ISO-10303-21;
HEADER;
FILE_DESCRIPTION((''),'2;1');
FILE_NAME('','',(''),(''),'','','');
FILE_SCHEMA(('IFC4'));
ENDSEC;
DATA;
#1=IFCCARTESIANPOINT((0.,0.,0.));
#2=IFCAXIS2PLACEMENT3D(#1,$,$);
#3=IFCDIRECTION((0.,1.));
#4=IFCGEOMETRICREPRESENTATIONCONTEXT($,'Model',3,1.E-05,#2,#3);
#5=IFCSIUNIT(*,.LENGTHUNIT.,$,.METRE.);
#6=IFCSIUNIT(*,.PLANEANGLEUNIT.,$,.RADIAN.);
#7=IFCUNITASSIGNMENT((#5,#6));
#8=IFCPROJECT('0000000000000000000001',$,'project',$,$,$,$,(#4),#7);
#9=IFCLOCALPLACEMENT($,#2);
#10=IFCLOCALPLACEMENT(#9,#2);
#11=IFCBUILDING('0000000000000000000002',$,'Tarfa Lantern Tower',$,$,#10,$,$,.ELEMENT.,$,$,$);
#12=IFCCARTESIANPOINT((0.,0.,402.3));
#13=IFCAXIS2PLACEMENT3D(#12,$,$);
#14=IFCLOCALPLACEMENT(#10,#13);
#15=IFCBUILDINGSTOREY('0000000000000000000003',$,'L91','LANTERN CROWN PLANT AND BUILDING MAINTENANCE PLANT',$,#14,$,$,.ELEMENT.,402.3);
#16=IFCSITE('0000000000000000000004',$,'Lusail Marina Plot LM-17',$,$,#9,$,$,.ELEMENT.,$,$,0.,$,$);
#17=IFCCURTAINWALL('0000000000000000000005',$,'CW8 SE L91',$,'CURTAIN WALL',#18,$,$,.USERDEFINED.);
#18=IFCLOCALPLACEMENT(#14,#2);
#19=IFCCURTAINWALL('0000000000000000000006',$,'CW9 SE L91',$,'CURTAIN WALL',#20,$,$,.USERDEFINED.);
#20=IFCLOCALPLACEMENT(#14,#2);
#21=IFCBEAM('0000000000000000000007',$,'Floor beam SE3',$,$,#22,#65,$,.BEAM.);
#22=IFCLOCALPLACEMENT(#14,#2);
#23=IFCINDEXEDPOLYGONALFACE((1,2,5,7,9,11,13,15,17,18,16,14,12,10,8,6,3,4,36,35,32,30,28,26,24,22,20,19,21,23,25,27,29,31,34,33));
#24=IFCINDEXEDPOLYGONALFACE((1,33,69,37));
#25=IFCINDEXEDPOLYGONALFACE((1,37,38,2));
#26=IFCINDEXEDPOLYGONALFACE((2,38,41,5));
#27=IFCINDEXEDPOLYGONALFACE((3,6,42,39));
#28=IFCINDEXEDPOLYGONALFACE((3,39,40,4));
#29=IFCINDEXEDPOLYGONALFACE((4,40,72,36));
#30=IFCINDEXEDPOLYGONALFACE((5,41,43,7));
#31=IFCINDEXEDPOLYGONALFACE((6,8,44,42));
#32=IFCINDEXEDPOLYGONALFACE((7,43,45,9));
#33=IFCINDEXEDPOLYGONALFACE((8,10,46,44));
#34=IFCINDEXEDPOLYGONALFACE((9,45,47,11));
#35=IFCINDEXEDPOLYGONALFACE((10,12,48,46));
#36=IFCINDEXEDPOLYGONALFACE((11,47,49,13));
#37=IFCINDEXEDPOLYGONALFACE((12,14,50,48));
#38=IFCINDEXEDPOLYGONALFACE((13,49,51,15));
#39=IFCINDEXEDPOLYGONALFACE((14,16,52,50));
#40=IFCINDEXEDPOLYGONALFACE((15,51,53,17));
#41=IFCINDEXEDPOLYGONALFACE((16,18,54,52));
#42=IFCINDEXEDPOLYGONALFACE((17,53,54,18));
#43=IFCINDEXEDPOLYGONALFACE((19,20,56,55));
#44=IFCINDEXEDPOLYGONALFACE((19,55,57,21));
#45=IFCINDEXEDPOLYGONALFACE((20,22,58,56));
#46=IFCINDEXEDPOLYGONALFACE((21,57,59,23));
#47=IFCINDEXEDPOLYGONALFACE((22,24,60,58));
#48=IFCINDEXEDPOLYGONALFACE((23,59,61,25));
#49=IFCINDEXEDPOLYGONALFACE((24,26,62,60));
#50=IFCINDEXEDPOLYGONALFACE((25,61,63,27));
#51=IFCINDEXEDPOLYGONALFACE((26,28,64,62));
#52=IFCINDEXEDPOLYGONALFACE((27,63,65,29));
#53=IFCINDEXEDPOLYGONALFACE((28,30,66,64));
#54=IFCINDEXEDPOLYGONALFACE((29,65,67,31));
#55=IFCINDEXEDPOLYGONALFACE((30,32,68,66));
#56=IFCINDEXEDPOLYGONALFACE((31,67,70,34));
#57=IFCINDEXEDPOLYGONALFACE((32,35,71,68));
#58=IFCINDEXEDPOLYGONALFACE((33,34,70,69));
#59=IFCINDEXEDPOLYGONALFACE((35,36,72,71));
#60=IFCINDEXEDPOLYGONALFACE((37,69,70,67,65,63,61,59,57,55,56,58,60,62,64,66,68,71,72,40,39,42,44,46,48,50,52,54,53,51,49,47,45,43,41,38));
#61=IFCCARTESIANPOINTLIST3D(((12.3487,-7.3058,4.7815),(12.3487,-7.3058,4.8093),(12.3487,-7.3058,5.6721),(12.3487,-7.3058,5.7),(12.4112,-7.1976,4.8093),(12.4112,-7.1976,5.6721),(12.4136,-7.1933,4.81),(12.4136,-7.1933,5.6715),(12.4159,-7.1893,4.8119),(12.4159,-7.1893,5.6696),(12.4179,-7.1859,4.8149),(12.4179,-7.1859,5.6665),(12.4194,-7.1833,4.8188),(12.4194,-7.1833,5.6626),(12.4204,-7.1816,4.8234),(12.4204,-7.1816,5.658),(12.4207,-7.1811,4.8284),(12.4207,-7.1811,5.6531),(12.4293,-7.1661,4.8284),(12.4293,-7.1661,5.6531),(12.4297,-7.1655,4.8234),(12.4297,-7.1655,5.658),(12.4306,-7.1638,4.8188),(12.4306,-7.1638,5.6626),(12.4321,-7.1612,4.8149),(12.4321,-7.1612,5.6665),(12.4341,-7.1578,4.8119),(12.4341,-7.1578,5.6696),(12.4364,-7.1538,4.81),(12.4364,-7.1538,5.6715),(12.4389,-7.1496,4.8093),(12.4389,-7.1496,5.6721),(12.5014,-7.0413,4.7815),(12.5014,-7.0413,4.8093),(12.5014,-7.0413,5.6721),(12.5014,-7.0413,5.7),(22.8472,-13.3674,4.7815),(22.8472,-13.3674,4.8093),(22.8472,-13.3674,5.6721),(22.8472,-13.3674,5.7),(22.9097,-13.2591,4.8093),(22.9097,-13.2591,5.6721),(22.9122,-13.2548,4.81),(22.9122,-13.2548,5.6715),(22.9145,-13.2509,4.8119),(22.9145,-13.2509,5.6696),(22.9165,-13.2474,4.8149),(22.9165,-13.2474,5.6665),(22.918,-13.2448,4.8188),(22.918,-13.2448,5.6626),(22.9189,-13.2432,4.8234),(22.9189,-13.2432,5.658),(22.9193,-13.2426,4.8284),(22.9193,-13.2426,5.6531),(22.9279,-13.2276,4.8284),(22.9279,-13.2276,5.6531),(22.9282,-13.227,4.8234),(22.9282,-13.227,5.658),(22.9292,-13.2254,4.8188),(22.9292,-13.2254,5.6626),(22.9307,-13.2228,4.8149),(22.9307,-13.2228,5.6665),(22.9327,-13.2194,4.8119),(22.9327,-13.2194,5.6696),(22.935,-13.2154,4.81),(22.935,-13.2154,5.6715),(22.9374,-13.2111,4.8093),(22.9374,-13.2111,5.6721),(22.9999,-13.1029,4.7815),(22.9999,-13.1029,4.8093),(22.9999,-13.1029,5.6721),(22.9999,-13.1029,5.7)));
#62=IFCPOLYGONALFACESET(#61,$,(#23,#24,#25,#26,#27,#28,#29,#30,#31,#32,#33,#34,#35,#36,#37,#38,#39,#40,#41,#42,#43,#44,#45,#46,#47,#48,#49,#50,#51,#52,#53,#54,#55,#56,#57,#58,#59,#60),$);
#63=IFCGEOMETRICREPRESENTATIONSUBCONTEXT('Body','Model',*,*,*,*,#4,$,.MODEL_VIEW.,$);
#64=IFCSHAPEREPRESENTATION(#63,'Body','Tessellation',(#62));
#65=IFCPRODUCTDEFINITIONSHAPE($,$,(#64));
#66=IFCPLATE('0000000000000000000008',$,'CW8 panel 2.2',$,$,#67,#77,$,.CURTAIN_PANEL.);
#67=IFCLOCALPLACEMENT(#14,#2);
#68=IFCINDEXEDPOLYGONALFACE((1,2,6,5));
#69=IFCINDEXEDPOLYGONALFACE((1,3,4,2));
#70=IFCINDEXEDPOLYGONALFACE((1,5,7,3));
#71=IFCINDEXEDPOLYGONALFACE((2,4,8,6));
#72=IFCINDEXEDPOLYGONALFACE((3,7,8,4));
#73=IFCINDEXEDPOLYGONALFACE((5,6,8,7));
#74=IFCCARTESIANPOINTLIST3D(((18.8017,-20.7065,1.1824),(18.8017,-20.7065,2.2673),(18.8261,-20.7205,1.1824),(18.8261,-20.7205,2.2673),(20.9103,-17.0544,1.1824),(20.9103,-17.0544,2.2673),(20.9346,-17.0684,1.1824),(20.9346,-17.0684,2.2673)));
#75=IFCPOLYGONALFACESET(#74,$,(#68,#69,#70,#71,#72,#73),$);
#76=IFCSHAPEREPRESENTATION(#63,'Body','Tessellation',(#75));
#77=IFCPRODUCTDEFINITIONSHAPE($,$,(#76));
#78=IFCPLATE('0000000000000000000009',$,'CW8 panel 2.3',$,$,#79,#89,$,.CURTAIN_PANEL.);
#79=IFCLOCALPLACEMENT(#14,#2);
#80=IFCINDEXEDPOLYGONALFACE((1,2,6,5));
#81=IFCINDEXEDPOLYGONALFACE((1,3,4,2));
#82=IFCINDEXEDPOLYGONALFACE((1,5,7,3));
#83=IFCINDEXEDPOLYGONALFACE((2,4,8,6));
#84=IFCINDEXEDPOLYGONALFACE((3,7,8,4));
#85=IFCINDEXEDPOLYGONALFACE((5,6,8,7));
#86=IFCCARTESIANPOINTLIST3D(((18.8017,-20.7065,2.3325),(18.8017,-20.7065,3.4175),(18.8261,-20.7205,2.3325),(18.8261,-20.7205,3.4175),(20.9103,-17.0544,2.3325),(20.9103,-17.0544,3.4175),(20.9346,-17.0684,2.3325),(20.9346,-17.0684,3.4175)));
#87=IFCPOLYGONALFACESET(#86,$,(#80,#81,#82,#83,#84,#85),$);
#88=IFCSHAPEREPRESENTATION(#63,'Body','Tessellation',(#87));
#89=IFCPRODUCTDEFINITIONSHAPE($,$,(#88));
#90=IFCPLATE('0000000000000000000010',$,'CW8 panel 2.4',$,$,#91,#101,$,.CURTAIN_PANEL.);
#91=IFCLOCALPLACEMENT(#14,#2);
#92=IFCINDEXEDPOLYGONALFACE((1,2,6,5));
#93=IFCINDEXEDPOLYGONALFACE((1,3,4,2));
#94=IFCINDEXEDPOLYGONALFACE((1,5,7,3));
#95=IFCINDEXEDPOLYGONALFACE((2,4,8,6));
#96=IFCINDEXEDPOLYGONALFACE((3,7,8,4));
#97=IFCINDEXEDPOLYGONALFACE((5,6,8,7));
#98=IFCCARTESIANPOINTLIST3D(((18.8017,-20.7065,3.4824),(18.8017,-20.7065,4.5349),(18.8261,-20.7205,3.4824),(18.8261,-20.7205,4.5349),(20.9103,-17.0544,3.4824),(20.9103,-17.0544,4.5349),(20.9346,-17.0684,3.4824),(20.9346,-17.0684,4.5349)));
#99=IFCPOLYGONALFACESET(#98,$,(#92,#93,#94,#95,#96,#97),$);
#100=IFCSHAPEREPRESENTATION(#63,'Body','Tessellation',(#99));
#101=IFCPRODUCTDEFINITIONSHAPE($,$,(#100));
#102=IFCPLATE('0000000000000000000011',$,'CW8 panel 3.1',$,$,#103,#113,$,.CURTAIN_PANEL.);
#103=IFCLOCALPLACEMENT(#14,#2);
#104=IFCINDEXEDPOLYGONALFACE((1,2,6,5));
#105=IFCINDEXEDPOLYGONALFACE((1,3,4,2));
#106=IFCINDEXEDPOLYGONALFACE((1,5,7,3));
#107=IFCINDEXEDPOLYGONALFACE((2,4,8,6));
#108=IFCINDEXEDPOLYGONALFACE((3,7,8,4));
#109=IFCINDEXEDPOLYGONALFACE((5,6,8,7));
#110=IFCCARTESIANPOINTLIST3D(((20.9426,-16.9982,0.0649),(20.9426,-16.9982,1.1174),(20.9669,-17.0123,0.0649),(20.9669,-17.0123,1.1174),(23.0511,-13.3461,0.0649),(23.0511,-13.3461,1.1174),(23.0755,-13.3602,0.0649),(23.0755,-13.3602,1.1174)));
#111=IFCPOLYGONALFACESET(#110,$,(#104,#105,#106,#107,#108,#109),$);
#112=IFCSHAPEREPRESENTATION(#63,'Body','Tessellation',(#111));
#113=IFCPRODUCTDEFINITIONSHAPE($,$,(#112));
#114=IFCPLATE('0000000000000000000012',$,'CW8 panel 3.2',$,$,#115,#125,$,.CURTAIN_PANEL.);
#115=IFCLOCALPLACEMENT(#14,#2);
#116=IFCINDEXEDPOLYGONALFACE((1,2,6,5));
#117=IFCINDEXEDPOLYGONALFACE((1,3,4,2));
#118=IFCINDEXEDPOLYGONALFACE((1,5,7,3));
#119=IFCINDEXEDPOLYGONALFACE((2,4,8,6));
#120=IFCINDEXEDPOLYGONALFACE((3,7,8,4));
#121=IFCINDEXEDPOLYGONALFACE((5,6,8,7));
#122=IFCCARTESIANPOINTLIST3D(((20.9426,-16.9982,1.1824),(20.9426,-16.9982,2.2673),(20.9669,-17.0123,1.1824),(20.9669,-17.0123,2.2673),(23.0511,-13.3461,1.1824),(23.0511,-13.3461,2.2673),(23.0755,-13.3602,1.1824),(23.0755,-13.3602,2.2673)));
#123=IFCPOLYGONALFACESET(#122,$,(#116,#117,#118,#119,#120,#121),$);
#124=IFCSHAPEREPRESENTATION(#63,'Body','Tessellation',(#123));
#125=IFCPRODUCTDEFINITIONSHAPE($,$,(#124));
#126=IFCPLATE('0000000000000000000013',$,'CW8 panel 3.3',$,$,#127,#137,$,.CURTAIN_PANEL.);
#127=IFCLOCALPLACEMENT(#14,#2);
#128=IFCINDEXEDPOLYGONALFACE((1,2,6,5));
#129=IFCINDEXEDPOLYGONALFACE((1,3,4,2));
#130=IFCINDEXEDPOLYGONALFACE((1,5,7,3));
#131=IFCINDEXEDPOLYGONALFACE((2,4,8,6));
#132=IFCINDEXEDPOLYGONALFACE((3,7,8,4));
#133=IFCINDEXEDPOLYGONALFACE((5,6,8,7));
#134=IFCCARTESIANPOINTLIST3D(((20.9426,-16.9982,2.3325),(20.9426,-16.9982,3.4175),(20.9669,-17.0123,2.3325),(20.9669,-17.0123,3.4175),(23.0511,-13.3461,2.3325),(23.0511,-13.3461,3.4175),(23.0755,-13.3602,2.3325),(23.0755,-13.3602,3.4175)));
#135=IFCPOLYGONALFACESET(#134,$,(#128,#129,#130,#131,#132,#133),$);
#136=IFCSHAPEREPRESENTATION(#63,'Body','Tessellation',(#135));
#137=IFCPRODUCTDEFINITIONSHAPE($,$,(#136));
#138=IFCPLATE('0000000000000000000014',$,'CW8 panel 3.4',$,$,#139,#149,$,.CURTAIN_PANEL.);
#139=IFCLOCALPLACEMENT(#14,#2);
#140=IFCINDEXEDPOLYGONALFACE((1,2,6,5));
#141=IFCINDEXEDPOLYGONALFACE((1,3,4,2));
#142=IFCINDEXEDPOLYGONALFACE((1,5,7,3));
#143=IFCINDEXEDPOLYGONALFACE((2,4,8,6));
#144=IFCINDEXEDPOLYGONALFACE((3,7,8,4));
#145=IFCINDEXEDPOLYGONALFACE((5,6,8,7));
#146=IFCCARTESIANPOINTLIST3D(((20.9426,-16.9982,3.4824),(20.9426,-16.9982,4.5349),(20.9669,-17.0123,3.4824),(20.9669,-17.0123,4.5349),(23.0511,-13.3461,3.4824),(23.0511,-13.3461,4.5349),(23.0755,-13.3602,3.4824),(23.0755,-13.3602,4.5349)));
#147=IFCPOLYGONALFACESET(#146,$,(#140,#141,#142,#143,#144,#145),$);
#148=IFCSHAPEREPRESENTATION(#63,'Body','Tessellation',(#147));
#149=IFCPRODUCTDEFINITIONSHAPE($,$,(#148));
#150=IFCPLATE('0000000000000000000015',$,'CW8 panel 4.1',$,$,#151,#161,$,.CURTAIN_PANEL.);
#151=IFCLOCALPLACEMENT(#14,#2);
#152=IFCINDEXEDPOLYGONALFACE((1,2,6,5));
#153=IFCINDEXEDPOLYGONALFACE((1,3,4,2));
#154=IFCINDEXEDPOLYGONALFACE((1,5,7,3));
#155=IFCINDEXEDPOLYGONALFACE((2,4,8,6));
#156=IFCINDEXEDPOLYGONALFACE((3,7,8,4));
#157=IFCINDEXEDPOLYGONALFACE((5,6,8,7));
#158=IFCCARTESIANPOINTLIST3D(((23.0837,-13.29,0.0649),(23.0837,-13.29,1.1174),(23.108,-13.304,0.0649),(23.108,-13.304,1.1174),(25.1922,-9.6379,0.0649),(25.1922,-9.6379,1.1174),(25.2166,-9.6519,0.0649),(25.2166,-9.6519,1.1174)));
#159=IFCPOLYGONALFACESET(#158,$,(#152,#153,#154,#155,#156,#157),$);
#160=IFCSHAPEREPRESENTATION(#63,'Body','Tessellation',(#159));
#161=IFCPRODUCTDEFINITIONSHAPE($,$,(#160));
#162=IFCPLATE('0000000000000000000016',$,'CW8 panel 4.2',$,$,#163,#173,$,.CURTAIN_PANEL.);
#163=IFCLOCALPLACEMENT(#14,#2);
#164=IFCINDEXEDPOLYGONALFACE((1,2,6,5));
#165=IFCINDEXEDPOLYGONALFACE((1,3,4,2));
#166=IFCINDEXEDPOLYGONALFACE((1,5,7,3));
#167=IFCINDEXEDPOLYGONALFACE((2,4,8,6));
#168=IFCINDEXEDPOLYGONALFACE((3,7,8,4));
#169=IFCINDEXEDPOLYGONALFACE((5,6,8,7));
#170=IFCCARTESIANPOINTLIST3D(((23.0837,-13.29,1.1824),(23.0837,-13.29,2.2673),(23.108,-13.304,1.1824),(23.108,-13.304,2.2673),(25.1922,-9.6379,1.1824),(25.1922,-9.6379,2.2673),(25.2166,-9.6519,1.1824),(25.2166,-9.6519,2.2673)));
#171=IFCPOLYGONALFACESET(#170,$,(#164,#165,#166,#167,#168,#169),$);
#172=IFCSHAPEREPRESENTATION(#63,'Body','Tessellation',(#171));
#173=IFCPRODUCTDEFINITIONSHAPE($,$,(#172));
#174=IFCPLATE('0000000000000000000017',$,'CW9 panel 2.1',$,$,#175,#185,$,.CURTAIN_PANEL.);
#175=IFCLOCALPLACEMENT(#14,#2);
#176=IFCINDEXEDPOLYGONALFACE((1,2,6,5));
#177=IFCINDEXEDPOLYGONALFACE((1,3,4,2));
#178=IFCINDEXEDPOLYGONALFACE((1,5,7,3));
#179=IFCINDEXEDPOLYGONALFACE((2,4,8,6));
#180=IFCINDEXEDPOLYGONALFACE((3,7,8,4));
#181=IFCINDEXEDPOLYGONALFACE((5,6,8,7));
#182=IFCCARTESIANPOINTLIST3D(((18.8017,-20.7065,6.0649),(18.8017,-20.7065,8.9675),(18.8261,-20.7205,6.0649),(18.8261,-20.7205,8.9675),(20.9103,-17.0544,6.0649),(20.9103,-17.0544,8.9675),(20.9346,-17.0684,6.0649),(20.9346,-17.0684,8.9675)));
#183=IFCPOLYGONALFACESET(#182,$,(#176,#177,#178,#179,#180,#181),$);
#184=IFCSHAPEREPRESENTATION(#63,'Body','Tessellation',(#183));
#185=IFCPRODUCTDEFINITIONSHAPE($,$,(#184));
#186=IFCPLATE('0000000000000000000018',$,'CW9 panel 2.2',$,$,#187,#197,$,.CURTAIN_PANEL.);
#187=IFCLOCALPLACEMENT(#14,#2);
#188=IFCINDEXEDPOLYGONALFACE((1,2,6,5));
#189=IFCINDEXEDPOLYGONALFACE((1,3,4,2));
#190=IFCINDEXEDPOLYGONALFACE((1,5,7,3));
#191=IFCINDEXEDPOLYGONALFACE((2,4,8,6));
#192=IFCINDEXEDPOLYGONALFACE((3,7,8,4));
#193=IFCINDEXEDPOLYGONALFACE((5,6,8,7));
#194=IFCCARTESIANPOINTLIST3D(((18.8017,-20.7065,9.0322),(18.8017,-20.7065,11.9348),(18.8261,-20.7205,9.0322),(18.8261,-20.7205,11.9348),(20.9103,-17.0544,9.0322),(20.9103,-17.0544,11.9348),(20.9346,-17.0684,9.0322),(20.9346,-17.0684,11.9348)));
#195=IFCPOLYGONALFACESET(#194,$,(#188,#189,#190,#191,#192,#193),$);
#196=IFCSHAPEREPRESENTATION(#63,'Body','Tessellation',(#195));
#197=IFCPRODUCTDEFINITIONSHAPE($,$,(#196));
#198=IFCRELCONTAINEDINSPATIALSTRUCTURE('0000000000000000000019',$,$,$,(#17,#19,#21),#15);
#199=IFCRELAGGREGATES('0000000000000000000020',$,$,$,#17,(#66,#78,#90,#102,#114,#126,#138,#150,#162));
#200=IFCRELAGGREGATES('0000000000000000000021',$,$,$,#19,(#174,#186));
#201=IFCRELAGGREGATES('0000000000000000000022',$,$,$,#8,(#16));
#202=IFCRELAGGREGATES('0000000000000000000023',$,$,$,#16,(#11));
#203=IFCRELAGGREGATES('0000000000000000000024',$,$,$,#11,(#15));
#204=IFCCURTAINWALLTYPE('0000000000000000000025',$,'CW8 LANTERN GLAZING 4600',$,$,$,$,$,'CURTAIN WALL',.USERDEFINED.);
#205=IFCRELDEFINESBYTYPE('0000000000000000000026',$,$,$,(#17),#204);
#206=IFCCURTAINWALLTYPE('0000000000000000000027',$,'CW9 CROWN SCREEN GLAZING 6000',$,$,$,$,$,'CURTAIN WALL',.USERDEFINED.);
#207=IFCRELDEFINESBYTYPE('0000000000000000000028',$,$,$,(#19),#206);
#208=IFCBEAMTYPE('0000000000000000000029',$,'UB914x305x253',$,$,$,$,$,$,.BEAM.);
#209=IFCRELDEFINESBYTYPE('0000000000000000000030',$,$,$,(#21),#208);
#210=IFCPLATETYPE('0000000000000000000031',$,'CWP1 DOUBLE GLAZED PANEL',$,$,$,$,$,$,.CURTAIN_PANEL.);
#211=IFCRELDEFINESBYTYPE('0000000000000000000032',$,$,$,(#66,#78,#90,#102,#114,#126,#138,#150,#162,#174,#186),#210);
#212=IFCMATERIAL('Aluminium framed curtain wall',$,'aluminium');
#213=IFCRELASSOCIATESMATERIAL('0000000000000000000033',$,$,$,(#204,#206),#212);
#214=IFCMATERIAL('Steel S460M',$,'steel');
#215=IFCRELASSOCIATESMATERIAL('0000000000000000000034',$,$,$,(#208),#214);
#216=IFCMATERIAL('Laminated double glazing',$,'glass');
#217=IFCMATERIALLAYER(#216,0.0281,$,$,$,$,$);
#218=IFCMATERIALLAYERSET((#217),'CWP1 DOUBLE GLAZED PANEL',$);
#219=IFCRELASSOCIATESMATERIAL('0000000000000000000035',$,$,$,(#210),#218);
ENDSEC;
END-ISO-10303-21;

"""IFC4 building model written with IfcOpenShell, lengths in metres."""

from ifc_helpers import new_model, si_unit, direction, frame, origin, origin_2d, place, context, subcontext, project, spatial, rectangle, i_section, extrude, material, layer, layer_set, material_profile, profile_set, type_object, element, aggregate, save


model = new_model("IFC4")

# Units and contexts
model_context = context("Model", 3, precision=1e-05, world=origin(), true_north=direction((0.0, 1.0)))
body_context = subcontext(model_context, "Body", "Model", "MODEL_VIEW")
ifc_project = project(units=[si_unit("LENGTHUNIT", "METRE"), si_unit("PLANEANGLEUNIT", "RADIAN")], contexts=[model_context])

# Site, building, storey
site_placement = place(None, origin())
site = spatial("IfcSite", under=ifc_project, at=site_placement, Name="Lusail Marina Plot LM-17", CompositionType="ELEMENT", RefElevation=0.0)
building_placement = place(site_placement, origin())
building = spatial("IfcBuilding", under=site, at=building_placement, Name="Tarfa Lantern Tower", CompositionType="ELEMENT")
storey_placement = place(building_placement, frame((0.0, 0.0, 402.3)))
storey = spatial("IfcBuildingStorey", under=building, at=storey_placement, Name="L91", Description="LANTERN CROWN PLANT AND BUILDING MAINTENANCE PLANT", CompositionType="ELEMENT", Elevation=402.3)

# Curtain walls
ifc_material_1 = material(Name="Aluminium framed curtain wall", Category="aluminium")
curtain_wall_type_1 = type_object("IfcCurtainWallType", Name="CW8 LANTERN GLAZING 4600", ElementType="CURTAIN WALL", PredefinedType="USERDEFINED", material=ifc_material_1)
curtain_wall_1_placement = place(storey_placement, origin())
curtain_wall_1 = element("IfcCurtainWall", 1, at=curtain_wall_1_placement, inside=storey, type_object=curtain_wall_type_1, Name="CW8 SE L91", ObjectType="CURTAIN WALL", PredefinedType="USERDEFINED")
curtain_wall_type_2 = type_object("IfcCurtainWallType", Name="CW9 CROWN SCREEN GLAZING 6000", ElementType="CURTAIN WALL", PredefinedType="USERDEFINED", material=ifc_material_1)
curtain_wall_2_placement = place(storey_placement, origin())
curtain_wall_2 = element("IfcCurtainWall", 2, at=curtain_wall_2_placement, inside=storey, type_object=curtain_wall_type_2, Name="CW9 SE L91", ObjectType="CURTAIN WALL", PredefinedType="USERDEFINED")

# Beam
ifc_material_2 = material(Name="Steel S460M", Category="steel")
ifc_material_profile_1 = material_profile(ifc_material_2, i_section(OverallWidth=0.3054, OverallDepth=0.9185, WebThickness=0.0173, FlangeThickness=0.0278, FilletRadius=0.019, at=origin_2d()), Name="UB914x305x253")
ifc_profile_set_1 = profile_set([ifc_material_profile_1], Name="Steel S460M")
beam_type_1 = type_object("IfcBeamType", Name="UB914x305x253", PredefinedType="BEAM", material=ifc_profile_set_1)
beam_1_placement = place(storey_placement, frame((22.9236, -13.2351, 5.2407), z_axis=(-0.866019, 0.500012, 0.0), x_axis=(-0.500012, -0.866019, 0.0)))
element("IfcBeam", 3, at=beam_1_placement, inside=storey, type_object=beam_type_1, Name="Floor beam SE3", PredefinedType="BEAM", context=body_context, shape_type="SweptSolid", body=[
    extrude(i_section(OverallWidth=0.3054, OverallDepth=0.9185, WebThickness=0.0173, FlangeThickness=0.0278, FilletRadius=0.019, at=origin_2d()), origin(), (0.0, 0.0, 1.0), 12.1228),
])

# Plates
ifc_material_3 = material(Name="Laminated double glazing", Category="glass")
ifc_layer = layer(ifc_material_3, 0.0281)
ifc_layer_set = layer_set([ifc_layer], Name="CWP1 DOUBLE GLAZED PANEL")
plate_type = type_object("IfcPlateType", Name="CWP1 DOUBLE GLAZED PANEL", PredefinedType="CURTAIN_PANEL", material=ifc_layer_set)
plate_1_placement = place(storey_placement, frame((19.8682, -18.8875, 1.1824), z_axis=(0.0, 0.0, 1.0), x_axis=(0.5, 0.866025, 0.0)))
plate_1 = element("IfcPlate", 4, at=plate_1_placement, type_object=plate_type, Name="CW8 panel 2.2", PredefinedType="CURTAIN_PANEL", context=body_context, shape_type="SweptSolid", body=[
    extrude(rectangle(XDim=4.217, YDim=0.0281, at=origin_2d()), origin(), (0.0, 0.0, 1.0), 1.085),
])
plate_2_placement = place(storey_placement, frame((19.8682, -18.8875, 2.3325), z_axis=(0.0, 0.0, 1.0), x_axis=(0.5, 0.866025, 0.0)))
plate_2 = element("IfcPlate", 5, at=plate_2_placement, type_object=plate_type, Name="CW8 panel 2.3", PredefinedType="CURTAIN_PANEL", context=body_context, shape_type="SweptSolid", body=[
    extrude(rectangle(XDim=4.217, YDim=0.0281, at=origin_2d()), origin(), (0.0, 0.0, 1.0), 1.085),
])
plate_3_placement = place(storey_placement, frame((19.8682, -18.8875, 3.4824), z_axis=(0.0, 0.0, 1.0), x_axis=(0.5, 0.866025, 0.0)))
plate_3 = element("IfcPlate", 6, at=plate_3_placement, type_object=plate_type, Name="CW8 panel 2.4", PredefinedType="CURTAIN_PANEL", context=body_context, shape_type="SweptSolid", body=[
    extrude(rectangle(XDim=4.217, YDim=0.0281, at=origin_2d()), origin(), (0.0, 0.0, 1.0), 1.0525),
])
plate_4_placement = place(storey_placement, frame((22.009, -15.1792, 0.0649), z_axis=(0.0, 0.0, 1.0), x_axis=(0.5, 0.866025, 0.0)))
plate_4 = element("IfcPlate", 7, at=plate_4_placement, type_object=plate_type, Name="CW8 panel 3.1", PredefinedType="CURTAIN_PANEL", context=body_context, shape_type="SweptSolid", body=[
    extrude(rectangle(XDim=4.217, YDim=0.0281, at=origin_2d()), origin(), (0.0, 0.0, 1.0), 1.0525),
])
plate_5_placement = place(storey_placement, frame((22.009, -15.1792, 1.1824), z_axis=(0.0, 0.0, 1.0), x_axis=(0.5, 0.866025, 0.0)))
plate_5 = element("IfcPlate", 8, at=plate_5_placement, type_object=plate_type, Name="CW8 panel 3.2", PredefinedType="CURTAIN_PANEL", context=body_context, shape_type="SweptSolid", body=[
    extrude(rectangle(XDim=4.217, YDim=0.0281, at=origin_2d()), origin(), (0.0, 0.0, 1.0), 1.085),
])
plate_6_placement = place(storey_placement, frame((22.009, -15.1792, 2.3325), z_axis=(0.0, 0.0, 1.0), x_axis=(0.5, 0.866025, 0.0)))
plate_6 = element("IfcPlate", 9, at=plate_6_placement, type_object=plate_type, Name="CW8 panel 3.3", PredefinedType="CURTAIN_PANEL", context=body_context, shape_type="SweptSolid", body=[
    extrude(rectangle(XDim=4.217, YDim=0.0281, at=origin_2d()), origin(), (0.0, 0.0, 1.0), 1.085),
])
plate_7_placement = place(storey_placement, frame((22.009, -15.1792, 3.4824), z_axis=(0.0, 0.0, 1.0), x_axis=(0.5, 0.866025, 0.0)))
plate_7 = element("IfcPlate", 10, at=plate_7_placement, type_object=plate_type, Name="CW8 panel 3.4", PredefinedType="CURTAIN_PANEL", context=body_context, shape_type="SweptSolid", body=[
    extrude(rectangle(XDim=4.217, YDim=0.0281, at=origin_2d()), origin(), (0.0, 0.0, 1.0), 1.0525),
])
plate_8_placement = place(storey_placement, frame((24.1501, -11.4709, 0.0649), z_axis=(0.0, 0.0, 1.0), x_axis=(0.5, 0.866025, 0.0)))
plate_8 = element("IfcPlate", 11, at=plate_8_placement, type_object=plate_type, Name="CW8 panel 4.1", PredefinedType="CURTAIN_PANEL", context=body_context, shape_type="SweptSolid", body=[
    extrude(rectangle(XDim=4.217, YDim=0.0281, at=origin_2d()), origin(), (0.0, 0.0, 1.0), 1.0525),
])
plate_9_placement = place(storey_placement, frame((24.1501, -11.4709, 1.1824), z_axis=(0.0, 0.0, 1.0), x_axis=(0.5, 0.866025, 0.0)))
plate_9 = element("IfcPlate", 12, at=plate_9_placement, type_object=plate_type, Name="CW8 panel 4.2", PredefinedType="CURTAIN_PANEL", context=body_context, shape_type="SweptSolid", body=[
    extrude(rectangle(XDim=4.217, YDim=0.0281, at=origin_2d()), origin(), (0.0, 0.0, 1.0), 1.085),
])
aggregate(curtain_wall_1, [plate_1, plate_2, plate_3, plate_4, plate_5, plate_6, plate_7, plate_8, plate_9])
plate_10_placement = place(storey_placement, frame((19.8682, -18.8875, 6.0649), z_axis=(0.0, 0.0, 1.0), x_axis=(0.5, 0.866025, 0.0)))
plate_10 = element("IfcPlate", 13, at=plate_10_placement, type_object=plate_type, Name="CW9 panel 2.1", PredefinedType="CURTAIN_PANEL", context=body_context, shape_type="SweptSolid", body=[
    extrude(rectangle(XDim=4.217, YDim=0.0281, at=origin_2d()), origin(), (0.0, 0.0, 1.0), 2.9026),
])
plate_11_placement = place(storey_placement, frame((19.8682, -18.8875, 9.0322), z_axis=(0.0, 0.0, 1.0), x_axis=(0.5, 0.866025, 0.0)))
plate_11 = element("IfcPlate", 14, at=plate_11_placement, type_object=plate_type, Name="CW9 panel 2.2", PredefinedType="CURTAIN_PANEL", context=body_context, shape_type="SweptSolid", body=[
    extrude(rectangle(XDim=4.217, YDim=0.0281, at=origin_2d()), origin(), (0.0, 0.0, 1.0), 2.9026),
])
aggregate(curtain_wall_2, [plate_10, plate_11])

save(model, "model.ifc")
